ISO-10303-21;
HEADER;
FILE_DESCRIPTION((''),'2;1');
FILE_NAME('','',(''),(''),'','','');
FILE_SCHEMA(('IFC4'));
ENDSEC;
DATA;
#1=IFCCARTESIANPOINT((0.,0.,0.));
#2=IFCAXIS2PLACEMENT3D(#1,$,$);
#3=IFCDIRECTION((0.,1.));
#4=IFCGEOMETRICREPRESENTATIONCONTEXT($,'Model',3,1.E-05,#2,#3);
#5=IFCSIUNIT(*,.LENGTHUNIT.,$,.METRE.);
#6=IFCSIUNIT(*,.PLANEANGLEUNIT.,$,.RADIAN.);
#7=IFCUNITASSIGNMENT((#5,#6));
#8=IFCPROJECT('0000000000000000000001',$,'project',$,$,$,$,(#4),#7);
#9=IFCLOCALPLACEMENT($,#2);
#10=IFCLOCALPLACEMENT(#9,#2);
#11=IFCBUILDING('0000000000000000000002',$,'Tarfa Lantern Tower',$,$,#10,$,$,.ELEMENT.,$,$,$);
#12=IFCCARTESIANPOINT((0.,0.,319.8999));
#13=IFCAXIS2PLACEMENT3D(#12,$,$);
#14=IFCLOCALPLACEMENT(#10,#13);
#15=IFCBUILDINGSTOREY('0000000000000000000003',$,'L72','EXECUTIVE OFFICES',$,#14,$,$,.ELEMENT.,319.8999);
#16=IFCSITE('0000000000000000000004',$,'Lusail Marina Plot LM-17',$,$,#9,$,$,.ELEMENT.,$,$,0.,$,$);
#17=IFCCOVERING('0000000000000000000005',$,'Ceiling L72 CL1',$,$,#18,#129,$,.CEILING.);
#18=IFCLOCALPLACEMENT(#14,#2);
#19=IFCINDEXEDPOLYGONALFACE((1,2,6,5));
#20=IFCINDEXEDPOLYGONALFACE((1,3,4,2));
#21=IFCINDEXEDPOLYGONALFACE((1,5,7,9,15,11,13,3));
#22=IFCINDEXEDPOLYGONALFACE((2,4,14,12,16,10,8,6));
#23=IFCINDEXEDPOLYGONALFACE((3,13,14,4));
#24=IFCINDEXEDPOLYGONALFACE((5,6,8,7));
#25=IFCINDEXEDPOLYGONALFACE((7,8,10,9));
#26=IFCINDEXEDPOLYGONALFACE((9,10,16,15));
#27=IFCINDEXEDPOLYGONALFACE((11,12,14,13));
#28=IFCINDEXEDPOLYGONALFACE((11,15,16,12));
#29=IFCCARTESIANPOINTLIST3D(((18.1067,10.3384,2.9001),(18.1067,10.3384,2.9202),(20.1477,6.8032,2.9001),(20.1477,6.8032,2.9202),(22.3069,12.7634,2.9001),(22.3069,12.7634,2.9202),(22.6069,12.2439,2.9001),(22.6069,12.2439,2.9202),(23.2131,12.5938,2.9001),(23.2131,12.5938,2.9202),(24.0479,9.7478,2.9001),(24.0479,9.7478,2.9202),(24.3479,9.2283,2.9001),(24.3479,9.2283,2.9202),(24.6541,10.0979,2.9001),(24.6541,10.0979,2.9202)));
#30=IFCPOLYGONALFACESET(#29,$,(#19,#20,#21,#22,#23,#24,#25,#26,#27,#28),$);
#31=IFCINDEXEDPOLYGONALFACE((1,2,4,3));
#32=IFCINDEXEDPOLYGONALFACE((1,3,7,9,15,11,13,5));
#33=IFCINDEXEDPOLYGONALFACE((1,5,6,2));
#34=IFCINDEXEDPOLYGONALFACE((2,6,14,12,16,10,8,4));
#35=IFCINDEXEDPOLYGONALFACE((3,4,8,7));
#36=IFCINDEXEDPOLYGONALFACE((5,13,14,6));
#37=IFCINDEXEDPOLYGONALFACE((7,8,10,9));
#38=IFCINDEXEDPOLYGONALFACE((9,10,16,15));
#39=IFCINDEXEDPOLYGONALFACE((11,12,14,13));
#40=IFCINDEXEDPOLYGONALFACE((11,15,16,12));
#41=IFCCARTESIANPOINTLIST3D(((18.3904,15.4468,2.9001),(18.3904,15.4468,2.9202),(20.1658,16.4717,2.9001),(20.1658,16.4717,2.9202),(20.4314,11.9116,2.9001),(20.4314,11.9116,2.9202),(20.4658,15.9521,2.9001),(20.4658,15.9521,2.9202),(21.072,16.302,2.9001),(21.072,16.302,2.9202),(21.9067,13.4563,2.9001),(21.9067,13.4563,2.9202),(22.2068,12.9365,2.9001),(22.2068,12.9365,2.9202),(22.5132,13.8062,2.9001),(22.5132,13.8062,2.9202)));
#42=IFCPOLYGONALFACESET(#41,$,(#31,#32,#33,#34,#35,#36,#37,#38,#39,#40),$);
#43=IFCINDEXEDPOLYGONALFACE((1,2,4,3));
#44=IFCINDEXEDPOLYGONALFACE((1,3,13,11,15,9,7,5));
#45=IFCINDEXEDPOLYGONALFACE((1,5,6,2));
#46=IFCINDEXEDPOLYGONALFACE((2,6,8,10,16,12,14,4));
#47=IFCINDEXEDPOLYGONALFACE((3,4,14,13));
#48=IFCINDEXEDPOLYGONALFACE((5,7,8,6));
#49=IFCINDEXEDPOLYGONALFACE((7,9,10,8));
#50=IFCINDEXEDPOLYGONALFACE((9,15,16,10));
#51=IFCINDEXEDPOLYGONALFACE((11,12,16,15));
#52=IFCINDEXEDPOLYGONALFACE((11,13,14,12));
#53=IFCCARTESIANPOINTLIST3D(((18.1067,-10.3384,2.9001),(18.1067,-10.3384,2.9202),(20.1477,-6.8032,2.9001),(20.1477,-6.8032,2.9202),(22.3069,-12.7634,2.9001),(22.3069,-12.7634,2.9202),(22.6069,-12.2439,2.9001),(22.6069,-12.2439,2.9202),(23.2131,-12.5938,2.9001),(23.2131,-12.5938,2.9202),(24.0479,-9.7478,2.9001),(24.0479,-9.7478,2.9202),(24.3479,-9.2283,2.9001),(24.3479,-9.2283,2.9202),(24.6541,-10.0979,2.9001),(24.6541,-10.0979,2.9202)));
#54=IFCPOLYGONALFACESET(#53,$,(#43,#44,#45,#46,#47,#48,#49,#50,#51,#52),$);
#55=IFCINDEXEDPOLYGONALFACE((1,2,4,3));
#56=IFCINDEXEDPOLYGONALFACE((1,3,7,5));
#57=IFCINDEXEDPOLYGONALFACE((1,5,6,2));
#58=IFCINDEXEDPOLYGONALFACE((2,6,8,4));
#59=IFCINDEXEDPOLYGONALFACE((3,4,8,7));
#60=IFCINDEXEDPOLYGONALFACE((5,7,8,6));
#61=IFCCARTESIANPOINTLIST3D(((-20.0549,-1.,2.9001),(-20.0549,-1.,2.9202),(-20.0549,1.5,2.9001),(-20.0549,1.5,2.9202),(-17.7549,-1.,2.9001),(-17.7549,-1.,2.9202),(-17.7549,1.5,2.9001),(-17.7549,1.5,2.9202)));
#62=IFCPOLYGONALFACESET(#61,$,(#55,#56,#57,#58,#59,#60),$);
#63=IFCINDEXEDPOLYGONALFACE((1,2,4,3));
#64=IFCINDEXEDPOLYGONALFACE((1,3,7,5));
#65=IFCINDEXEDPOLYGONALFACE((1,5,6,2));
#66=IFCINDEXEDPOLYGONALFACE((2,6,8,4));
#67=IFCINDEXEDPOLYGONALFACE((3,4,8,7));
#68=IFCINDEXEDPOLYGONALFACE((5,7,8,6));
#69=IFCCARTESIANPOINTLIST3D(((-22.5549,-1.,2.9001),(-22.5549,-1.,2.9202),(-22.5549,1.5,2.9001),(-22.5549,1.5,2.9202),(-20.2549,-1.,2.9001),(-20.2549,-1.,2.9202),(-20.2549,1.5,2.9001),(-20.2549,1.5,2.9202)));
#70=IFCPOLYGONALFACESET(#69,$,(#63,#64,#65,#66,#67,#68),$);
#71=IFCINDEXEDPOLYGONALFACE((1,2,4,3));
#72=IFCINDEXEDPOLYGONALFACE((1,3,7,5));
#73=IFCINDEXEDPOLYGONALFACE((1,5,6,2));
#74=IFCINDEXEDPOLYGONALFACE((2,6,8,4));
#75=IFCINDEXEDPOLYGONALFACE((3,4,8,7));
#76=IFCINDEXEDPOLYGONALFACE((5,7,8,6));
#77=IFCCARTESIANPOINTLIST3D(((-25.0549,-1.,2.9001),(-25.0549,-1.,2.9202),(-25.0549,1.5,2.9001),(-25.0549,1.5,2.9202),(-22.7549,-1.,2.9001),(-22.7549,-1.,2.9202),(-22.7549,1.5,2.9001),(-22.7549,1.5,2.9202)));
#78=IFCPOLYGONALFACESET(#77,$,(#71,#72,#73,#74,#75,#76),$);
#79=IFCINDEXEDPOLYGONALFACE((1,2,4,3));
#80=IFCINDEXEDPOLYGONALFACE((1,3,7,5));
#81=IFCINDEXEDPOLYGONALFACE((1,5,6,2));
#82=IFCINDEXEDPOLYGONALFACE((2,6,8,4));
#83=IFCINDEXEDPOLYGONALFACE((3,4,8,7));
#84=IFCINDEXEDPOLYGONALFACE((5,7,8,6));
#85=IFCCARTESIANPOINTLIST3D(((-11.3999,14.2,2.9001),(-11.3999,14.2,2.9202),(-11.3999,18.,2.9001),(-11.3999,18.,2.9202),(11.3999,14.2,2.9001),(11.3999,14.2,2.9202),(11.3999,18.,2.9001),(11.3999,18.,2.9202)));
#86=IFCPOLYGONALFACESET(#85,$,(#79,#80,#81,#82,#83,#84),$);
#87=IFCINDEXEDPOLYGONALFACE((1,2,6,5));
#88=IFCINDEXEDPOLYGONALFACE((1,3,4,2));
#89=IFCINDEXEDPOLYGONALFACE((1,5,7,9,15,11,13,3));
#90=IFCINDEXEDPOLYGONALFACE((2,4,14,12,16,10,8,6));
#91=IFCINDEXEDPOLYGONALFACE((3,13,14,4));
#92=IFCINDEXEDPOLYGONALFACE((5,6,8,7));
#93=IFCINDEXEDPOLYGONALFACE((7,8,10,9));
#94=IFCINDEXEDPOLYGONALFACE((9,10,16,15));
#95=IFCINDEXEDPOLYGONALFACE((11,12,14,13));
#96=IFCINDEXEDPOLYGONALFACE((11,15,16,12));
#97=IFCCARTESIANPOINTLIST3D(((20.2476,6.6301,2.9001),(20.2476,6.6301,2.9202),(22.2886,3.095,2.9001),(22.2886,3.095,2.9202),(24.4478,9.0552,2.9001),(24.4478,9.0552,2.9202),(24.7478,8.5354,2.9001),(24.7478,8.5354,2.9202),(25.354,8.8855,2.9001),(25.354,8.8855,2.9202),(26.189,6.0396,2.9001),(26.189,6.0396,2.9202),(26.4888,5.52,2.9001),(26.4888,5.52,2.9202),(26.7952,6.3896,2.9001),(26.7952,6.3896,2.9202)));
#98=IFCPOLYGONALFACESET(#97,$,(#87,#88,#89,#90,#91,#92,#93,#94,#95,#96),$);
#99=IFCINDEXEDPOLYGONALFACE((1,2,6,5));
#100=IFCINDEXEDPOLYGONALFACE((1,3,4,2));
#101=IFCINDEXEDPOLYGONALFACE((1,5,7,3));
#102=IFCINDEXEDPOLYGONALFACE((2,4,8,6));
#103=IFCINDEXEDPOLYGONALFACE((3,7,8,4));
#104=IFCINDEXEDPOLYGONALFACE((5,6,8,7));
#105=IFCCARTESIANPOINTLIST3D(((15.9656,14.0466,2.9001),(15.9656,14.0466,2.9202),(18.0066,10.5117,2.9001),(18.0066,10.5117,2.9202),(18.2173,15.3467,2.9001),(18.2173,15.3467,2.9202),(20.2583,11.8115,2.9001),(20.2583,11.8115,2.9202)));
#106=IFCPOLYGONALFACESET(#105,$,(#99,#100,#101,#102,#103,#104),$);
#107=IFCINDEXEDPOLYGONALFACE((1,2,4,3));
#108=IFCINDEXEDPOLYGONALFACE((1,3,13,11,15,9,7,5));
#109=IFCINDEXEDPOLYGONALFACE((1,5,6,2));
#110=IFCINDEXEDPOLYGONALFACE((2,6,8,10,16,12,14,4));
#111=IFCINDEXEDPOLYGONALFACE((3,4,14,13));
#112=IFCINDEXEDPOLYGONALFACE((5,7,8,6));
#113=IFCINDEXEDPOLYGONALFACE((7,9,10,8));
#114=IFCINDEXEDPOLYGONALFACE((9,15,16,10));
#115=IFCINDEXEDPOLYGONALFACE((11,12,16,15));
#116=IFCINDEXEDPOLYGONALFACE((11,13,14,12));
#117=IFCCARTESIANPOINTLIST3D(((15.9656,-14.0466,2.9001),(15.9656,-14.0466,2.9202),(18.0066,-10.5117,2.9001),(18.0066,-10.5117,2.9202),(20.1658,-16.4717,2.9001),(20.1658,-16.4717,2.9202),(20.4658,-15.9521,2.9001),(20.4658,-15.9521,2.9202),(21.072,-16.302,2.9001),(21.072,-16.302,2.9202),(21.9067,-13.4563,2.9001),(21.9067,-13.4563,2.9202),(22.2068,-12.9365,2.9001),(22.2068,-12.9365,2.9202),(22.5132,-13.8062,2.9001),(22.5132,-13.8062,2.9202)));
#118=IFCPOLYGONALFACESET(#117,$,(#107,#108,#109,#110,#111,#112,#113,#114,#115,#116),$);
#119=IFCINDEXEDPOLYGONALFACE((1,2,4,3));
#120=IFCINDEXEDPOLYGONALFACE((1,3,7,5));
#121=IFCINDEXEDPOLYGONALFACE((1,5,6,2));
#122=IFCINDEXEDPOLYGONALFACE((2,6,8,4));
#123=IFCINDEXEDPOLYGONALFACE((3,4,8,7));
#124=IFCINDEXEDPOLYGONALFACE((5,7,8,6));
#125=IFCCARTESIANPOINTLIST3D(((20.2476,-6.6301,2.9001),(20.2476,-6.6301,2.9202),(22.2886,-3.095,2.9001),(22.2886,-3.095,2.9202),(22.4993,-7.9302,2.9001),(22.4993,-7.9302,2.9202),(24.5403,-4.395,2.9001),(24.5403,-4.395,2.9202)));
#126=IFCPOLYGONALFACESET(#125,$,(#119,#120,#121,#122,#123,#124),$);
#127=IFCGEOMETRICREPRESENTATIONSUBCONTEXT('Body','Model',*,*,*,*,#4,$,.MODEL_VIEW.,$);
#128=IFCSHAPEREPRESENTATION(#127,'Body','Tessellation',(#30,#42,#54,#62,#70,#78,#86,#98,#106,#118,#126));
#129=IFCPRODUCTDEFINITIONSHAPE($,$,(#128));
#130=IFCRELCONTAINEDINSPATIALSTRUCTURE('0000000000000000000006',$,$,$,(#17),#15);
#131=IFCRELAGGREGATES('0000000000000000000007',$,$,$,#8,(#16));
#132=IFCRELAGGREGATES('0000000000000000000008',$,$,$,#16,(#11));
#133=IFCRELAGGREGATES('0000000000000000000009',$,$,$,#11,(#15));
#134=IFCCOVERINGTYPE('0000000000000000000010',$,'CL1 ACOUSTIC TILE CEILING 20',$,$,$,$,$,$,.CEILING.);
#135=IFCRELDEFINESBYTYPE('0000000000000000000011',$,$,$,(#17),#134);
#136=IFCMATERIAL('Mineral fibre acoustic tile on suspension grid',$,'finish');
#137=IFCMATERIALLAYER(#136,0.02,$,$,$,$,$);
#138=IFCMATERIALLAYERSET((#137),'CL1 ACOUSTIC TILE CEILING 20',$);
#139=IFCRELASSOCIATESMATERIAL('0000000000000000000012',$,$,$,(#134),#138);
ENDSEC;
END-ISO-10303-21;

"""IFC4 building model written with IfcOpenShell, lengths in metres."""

from ifc_helpers import new_model, si_unit, direction, frame, origin, place, context, subcontext, project, spatial, polyline, outline, extrude, material, layer, layer_set, type_object, element, save


model = new_model("IFC4")

# Units and contexts
model_context = context("Model", 3, precision=1e-05, world=origin(), true_north=direction((0.0, 1.0)))
body_context = subcontext(model_context, "Body", "Model", "MODEL_VIEW")
ifc_project = project(units=[si_unit("LENGTHUNIT", "METRE"), si_unit("PLANEANGLEUNIT", "RADIAN")], contexts=[model_context])

# Site, building, storey
site_placement = place(None, origin())
site = spatial("IfcSite", under=ifc_project, at=site_placement, Name="Lusail Marina Plot LM-17", CompositionType="ELEMENT", RefElevation=0.0)
building_placement = place(site_placement, origin())
building = spatial("IfcBuilding", under=site, at=building_placement, Name="Tarfa Lantern Tower", CompositionType="ELEMENT")
storey_placement = place(building_placement, frame((0.0, 0.0, 319.8999)))
storey = spatial("IfcBuildingStorey", under=building, at=storey_placement, Name="L72", Description="EXECUTIVE OFFICES", CompositionType="ELEMENT", Elevation=319.8999)

# Covering
ifc_material_1 = material(Name="Mineral fibre acoustic tile on suspension grid", Category="finish")
ifc_layer_1 = layer(ifc_material_1, 0.02)
ifc_layer_set_1 = layer_set([ifc_layer_1], Name="CL1 ACOUSTIC TILE CEILING 20")
covering_type_1 = type_object("IfcCoveringType", Name="CL1 ACOUSTIC TILE CEILING 20", PredefinedType="CEILING", material=ifc_layer_set_1)
covering_1_placement = place(storey_placement, frame((0.0, 0.0, 2.9001)))
element("IfcCovering", 1, at=covering_1_placement, inside=storey, type_object=covering_type_1, Name="Ceiling L72 CL1", PredefinedType="CEILING", context=body_context, shape_type="SweptSolid", body=[
    extrude(outline(polyline([(18.1067, 10.3384), (22.3069, 12.7634), (22.6069, 12.2439), (23.2131, 12.5938), (24.6541, 10.0979), (24.0479, 9.7478), (24.3479, 9.2283), (20.1477, 6.8032), (18.1067, 10.3384)])), origin(), (0.0, 0.0, 1.0), 0.02),
    extrude(outline(polyline([(18.3904, 15.4468), (20.1658, 16.4717), (20.4658, 15.9521), (21.072, 16.302), (22.5132, 13.8062), (21.9067, 13.4563), (22.2068, 12.9365), (20.4314, 11.9116), (18.3904, 15.4468)])), origin(), (0.0, 0.0, 1.0), 0.02),
    extrude(outline(polyline([(20.1477, -6.8032), (24.3479, -9.2283), (24.0479, -9.7478), (24.6541, -10.0979), (23.2131, -12.5938), (22.6069, -12.2439), (22.3069, -12.7634), (18.1067, -10.3384), (20.1477, -6.8032)])), origin(), (0.0, 0.0, 1.0), 0.02),
    extrude(outline(polyline([(-20.0549, -1.0), (-20.0549, 1.5), (-17.7549, 1.5), (-17.7549, -1.0), (-20.0549, -1.0)])), origin(), (0.0, 0.0, 1.0), 0.02),
    extrude(outline(polyline([(-22.5549, -1.0), (-22.5549, 1.5), (-20.2549, 1.5), (-20.2549, -1.0), (-22.5549, -1.0)])), origin(), (0.0, 0.0, 1.0), 0.02),
    extrude(outline(polyline([(-25.0549, -1.0), (-25.0549, 1.5), (-22.7549, 1.5), (-22.7549, -1.0), (-25.0549, -1.0)])), origin(), (0.0, 0.0, 1.0), 0.02),
    extrude(outline(polyline([(-11.3999, 18.0), (11.3999, 18.0), (11.3999, 14.2), (-11.3999, 14.2), (-11.3999, 18.0)])), origin(), (0.0, 0.0, 1.0), 0.02),
    extrude(outline(polyline([(20.2476, 6.6301), (24.4478, 9.0552), (24.7478, 8.5354), (25.354, 8.8855), (26.7952, 6.3896), (26.189, 6.0396), (26.4888, 5.52), (22.2886, 3.095), (20.2476, 6.6301)])), origin(), (0.0, 0.0, 1.0), 0.02),
    extrude(outline(polyline([(15.9656, 14.0466), (18.2173, 15.3467), (20.2583, 11.8115), (18.0066, 10.5117), (15.9656, 14.0466)])), origin(), (0.0, 0.0, 1.0), 0.02),
    extrude(outline(polyline([(18.0066, -10.5117), (22.2068, -12.9365), (21.9067, -13.4563), (22.5132, -13.8062), (21.072, -16.302), (20.4658, -15.9521), (20.1658, -16.4717), (15.9656, -14.0466), (18.0066, -10.5117)])), origin(), (0.0, 0.0, 1.0), 0.02),
    extrude(outline(polyline([(22.2886, -3.095), (24.5403, -4.395), (22.4993, -7.9302), (20.2476, -6.6301), (22.2886, -3.095)])), origin(), (0.0, 0.0, 1.0), 0.02),
])

save(model, "model.ifc")
